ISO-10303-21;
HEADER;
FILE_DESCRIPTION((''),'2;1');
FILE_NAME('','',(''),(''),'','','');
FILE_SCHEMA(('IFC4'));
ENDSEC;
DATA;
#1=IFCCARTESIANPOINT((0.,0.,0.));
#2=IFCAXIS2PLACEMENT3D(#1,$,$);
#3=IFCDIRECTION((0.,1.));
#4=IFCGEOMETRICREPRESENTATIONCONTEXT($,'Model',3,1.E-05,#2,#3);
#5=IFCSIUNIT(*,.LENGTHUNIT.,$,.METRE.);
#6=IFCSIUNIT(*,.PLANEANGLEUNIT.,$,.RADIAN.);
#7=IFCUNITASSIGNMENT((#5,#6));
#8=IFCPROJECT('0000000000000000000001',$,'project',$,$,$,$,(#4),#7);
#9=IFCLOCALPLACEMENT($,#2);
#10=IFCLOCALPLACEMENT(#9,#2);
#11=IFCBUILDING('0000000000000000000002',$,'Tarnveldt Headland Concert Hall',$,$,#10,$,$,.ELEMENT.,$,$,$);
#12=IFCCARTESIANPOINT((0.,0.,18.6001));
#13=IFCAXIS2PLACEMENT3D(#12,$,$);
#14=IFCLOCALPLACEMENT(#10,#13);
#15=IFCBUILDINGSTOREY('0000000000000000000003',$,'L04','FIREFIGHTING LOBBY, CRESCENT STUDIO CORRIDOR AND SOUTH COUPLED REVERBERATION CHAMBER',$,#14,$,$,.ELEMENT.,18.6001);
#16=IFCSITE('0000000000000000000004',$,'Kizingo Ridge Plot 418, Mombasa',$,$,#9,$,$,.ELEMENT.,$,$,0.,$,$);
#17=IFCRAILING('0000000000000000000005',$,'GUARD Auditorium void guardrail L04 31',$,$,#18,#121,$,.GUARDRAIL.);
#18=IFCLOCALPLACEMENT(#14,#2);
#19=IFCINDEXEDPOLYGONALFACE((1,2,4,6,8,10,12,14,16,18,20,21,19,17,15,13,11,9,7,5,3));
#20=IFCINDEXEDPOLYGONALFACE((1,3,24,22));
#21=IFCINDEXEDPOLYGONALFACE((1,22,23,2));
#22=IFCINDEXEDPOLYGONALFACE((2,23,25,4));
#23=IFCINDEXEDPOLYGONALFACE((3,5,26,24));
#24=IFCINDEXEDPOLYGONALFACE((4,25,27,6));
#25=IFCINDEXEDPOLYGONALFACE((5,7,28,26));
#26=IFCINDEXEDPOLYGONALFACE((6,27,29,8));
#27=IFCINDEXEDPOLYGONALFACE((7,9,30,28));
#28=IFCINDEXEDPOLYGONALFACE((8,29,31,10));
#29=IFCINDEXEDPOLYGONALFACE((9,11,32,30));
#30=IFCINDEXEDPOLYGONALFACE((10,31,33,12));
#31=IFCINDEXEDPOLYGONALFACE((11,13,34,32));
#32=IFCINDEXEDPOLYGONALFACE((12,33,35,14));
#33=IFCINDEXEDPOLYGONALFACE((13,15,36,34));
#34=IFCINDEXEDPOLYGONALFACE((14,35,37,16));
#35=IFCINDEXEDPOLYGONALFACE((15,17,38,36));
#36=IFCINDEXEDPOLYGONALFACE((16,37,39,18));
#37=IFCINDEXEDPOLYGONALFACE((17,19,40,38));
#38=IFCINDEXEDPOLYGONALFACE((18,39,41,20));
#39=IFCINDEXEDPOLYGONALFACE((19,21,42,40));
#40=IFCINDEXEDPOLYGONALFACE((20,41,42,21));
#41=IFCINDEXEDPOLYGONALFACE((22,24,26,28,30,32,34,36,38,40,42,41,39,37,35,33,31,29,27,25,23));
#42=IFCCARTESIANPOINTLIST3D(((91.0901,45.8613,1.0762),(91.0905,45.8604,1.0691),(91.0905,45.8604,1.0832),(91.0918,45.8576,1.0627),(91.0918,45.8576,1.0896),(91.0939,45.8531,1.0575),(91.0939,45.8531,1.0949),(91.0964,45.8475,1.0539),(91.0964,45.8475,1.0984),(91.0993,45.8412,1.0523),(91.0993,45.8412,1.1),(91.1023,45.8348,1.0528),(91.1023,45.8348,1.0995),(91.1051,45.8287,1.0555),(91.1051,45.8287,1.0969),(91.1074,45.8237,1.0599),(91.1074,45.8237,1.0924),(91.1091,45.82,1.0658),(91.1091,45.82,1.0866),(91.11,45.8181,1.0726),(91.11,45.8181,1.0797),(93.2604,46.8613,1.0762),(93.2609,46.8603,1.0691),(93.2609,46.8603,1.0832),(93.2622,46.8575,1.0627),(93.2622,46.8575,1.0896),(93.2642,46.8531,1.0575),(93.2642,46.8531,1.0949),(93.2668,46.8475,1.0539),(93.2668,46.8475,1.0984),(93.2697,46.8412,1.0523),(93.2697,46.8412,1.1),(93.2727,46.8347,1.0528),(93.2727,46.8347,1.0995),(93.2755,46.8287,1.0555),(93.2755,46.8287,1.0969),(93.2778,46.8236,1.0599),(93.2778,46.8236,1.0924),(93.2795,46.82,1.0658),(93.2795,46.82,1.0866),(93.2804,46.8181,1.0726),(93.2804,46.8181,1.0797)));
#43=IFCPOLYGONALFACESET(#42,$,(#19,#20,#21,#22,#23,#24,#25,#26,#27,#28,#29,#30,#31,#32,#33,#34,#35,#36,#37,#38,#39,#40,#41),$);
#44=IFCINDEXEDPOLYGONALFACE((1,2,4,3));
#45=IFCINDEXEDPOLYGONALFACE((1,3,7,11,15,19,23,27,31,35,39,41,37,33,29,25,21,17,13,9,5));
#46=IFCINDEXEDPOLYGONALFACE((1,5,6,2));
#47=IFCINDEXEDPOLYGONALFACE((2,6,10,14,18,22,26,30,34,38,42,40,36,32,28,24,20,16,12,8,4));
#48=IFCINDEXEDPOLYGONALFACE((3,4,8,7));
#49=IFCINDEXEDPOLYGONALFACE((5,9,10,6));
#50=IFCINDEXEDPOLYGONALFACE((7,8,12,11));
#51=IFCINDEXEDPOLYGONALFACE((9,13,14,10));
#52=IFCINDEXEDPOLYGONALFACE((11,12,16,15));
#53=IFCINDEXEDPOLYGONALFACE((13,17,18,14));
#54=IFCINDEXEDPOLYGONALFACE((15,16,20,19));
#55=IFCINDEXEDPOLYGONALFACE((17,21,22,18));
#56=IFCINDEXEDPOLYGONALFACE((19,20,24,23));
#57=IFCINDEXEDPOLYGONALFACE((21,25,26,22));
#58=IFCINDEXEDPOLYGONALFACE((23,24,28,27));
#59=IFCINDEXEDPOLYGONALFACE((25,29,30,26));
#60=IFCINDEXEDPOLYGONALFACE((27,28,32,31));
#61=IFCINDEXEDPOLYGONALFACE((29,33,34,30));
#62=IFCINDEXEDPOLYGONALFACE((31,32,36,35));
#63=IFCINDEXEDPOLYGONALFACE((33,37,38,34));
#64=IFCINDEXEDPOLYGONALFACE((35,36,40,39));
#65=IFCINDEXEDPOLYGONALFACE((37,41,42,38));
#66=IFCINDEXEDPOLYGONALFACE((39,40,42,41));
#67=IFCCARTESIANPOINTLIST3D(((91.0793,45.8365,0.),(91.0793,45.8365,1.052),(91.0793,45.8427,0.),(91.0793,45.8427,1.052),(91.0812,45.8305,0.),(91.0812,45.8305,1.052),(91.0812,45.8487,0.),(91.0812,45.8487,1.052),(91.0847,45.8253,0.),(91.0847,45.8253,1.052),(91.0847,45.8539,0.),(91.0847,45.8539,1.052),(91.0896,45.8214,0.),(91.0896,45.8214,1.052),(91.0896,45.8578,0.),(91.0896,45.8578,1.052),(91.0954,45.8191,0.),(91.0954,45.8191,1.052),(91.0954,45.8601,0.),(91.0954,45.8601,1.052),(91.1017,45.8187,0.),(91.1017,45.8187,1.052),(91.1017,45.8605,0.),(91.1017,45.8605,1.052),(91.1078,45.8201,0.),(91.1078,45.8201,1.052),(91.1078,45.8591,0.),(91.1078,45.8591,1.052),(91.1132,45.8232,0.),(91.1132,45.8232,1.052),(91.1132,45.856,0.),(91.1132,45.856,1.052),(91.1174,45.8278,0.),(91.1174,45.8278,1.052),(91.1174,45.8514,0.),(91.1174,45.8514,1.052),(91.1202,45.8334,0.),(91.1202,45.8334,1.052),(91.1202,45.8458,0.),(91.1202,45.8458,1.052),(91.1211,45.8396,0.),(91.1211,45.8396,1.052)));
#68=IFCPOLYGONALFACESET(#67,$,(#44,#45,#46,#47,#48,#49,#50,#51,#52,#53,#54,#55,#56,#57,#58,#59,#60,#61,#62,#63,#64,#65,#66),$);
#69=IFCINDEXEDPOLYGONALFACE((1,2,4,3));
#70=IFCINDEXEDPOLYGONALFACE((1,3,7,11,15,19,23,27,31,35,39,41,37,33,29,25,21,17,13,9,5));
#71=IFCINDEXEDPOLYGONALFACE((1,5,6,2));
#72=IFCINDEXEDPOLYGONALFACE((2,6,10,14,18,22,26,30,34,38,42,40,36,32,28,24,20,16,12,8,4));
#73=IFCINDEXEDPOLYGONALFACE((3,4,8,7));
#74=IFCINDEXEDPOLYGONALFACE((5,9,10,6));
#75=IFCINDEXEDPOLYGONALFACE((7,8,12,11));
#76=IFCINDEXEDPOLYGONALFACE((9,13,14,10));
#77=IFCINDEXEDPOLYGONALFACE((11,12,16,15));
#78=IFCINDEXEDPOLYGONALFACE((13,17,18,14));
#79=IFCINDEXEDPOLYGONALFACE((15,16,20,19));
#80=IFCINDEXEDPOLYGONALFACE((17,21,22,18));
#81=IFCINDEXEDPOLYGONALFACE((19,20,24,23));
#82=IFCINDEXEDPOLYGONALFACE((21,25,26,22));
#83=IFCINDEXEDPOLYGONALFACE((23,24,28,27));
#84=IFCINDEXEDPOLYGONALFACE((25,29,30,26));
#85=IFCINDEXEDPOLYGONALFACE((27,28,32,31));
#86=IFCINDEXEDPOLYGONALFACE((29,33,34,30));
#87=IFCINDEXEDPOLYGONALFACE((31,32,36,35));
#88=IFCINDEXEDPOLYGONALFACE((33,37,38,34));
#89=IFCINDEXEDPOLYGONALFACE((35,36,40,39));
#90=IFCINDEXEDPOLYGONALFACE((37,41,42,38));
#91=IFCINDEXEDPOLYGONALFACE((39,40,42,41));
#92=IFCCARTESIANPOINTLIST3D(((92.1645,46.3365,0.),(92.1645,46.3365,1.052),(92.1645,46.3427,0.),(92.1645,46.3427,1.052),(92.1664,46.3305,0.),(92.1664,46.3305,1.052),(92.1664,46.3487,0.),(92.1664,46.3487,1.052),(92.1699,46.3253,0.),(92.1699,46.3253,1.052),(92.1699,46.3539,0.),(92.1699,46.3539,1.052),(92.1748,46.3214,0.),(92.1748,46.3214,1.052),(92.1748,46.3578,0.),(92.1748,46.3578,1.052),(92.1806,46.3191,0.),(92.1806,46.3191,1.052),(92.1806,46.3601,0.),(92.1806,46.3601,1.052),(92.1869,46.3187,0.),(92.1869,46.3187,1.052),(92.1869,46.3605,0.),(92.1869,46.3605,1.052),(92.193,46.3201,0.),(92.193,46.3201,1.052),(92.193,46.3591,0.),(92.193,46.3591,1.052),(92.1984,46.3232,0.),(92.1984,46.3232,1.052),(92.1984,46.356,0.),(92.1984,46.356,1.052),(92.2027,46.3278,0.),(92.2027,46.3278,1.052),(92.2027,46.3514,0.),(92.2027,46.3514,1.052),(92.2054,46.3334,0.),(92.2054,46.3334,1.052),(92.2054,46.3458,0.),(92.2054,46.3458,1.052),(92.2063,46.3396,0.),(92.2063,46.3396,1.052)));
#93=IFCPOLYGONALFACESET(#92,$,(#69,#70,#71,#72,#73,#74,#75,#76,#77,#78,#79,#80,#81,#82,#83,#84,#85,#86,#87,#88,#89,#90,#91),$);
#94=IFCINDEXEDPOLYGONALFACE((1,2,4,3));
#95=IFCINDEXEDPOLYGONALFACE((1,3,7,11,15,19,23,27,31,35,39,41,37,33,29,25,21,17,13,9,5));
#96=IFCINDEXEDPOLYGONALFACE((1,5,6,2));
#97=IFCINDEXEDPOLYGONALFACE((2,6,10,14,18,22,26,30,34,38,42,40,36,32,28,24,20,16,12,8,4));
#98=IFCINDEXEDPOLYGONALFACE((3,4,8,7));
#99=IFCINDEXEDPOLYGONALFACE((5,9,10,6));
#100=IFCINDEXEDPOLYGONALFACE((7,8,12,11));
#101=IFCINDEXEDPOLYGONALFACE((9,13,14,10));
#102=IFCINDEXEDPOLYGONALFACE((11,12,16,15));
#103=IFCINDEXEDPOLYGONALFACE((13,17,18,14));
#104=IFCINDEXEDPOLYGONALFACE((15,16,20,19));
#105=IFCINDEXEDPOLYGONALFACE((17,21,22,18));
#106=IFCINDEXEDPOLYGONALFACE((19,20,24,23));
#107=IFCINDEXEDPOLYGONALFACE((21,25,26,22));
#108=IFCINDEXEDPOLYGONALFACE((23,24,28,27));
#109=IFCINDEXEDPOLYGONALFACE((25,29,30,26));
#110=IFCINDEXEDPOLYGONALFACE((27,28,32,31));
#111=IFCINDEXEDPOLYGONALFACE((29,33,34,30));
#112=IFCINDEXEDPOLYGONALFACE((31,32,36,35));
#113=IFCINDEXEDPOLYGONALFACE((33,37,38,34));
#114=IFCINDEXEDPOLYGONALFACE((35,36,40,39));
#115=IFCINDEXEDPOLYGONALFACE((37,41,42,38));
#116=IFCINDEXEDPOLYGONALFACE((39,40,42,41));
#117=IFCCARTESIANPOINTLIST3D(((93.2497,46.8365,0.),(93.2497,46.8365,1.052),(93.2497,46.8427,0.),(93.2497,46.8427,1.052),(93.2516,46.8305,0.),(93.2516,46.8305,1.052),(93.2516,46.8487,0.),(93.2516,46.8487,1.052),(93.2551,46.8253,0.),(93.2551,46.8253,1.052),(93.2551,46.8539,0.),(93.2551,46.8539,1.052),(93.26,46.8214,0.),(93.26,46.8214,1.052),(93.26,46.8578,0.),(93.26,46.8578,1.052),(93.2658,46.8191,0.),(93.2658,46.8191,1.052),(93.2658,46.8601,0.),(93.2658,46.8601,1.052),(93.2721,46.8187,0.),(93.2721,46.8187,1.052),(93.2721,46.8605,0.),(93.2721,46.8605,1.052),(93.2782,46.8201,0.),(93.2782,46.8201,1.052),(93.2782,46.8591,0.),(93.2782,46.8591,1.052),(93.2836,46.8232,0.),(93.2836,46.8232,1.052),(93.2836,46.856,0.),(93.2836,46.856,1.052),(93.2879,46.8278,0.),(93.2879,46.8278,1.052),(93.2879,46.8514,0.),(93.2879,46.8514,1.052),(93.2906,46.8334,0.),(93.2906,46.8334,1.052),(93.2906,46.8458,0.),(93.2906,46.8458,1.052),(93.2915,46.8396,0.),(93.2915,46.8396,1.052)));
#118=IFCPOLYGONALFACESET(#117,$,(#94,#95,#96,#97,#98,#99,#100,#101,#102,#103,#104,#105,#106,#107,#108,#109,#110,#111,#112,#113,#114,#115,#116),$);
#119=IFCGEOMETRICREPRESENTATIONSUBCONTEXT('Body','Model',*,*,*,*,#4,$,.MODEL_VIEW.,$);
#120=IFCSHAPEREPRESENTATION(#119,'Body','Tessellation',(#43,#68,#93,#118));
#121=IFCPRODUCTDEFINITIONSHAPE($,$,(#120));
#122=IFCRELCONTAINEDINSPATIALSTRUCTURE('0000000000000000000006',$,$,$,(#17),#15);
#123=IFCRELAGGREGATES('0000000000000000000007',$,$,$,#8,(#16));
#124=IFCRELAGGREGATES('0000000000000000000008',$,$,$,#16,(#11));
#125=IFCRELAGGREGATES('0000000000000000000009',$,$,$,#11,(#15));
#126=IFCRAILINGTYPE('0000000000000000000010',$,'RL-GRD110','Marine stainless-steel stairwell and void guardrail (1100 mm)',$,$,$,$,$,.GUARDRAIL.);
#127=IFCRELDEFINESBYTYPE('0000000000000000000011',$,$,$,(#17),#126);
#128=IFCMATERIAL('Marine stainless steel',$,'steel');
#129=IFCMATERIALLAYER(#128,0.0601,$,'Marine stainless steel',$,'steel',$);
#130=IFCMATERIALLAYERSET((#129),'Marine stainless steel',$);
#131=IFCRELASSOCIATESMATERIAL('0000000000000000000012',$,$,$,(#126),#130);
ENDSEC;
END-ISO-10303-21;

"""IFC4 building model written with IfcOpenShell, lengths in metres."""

from ifc_helpers import new_model, si_unit, direction, frame, origin, origin_2d, place, context, subcontext, project, spatial, circle, extrude, material, layer, layer_set, type_object, element, save


model = new_model("IFC4")

# Units and contexts
model_context = context("Model", 3, precision=1e-05, world=origin(), true_north=direction((0.0, 1.0)))
body_context = subcontext(model_context, "Body", "Model", "MODEL_VIEW")
ifc_project = project(units=[si_unit("LENGTHUNIT", "METRE"), si_unit("PLANEANGLEUNIT", "RADIAN")], contexts=[model_context])

# Site, building, storey
site_placement = place(None, origin())
site = spatial("IfcSite", under=ifc_project, at=site_placement, Name="Kizingo Ridge Plot 418, Mombasa", CompositionType="ELEMENT", RefElevation=0.0)
building_placement = place(site_placement, origin())
building = spatial("IfcBuilding", under=site, at=building_placement, Name="Tarnveldt Headland Concert Hall", CompositionType="ELEMENT")
storey_placement = place(building_placement, frame((0.0, 0.0, 18.6001)))
storey = spatial("IfcBuildingStorey", under=building, at=storey_placement, Name="L04", Description="FIREFIGHTING LOBBY, CRESCENT STUDIO CORRIDOR AND SOUTH COUPLED REVERBERATION CHAMBER", CompositionType="ELEMENT", Elevation=18.6001)

# Railing
ifc_material_1 = material(Name="Marine stainless steel", Category="steel")
ifc_layer_1 = layer(ifc_material_1, 0.0601, Name="Marine stainless steel", Category="steel")
ifc_layer_set_1 = layer_set([ifc_layer_1], Name="Marine stainless steel")
railing_type_1 = type_object("IfcRailingType", Name="RL-GRD110", Description="Marine stainless-steel stairwell and void guardrail (1100 mm)", PredefinedType="GUARDRAIL", material=ifc_layer_set_1)
railing_1_placement = place(storey_placement, frame((91.1001, 45.8396, 0.0)))
element("IfcRailing", 1, at=railing_1_placement, inside=storey, type_object=railing_type_1, Name="GUARD Auditorium void guardrail L04 31", PredefinedType="GUARDRAIL", context=body_context, shape_type="SweptSolid", body=[
    extrude(circle(Radius=0.0239, at=origin_2d()), frame((0.0, 0.0, 1.0762), z_axis=(0.908234, 0.418462, 0.0), x_axis=(-0.418462, 0.908234, 0.0)), (0.0, 0.0, 1.0), 2.3896),
    extrude(circle(Radius=0.021, at=origin_2d()), origin(), (0.0, 0.0, 1.0), 1.052),
    extrude(circle(Radius=0.021, at=origin_2d()), frame((1.0852, 0.5, 0.0)), (0.0, 0.0, 1.0), 1.052),
    extrude(circle(Radius=0.021, at=origin_2d()), frame((2.1704, 1.0, 0.0)), (0.0, 0.0, 1.0), 1.052),
])

save(model, "model.ifc")
